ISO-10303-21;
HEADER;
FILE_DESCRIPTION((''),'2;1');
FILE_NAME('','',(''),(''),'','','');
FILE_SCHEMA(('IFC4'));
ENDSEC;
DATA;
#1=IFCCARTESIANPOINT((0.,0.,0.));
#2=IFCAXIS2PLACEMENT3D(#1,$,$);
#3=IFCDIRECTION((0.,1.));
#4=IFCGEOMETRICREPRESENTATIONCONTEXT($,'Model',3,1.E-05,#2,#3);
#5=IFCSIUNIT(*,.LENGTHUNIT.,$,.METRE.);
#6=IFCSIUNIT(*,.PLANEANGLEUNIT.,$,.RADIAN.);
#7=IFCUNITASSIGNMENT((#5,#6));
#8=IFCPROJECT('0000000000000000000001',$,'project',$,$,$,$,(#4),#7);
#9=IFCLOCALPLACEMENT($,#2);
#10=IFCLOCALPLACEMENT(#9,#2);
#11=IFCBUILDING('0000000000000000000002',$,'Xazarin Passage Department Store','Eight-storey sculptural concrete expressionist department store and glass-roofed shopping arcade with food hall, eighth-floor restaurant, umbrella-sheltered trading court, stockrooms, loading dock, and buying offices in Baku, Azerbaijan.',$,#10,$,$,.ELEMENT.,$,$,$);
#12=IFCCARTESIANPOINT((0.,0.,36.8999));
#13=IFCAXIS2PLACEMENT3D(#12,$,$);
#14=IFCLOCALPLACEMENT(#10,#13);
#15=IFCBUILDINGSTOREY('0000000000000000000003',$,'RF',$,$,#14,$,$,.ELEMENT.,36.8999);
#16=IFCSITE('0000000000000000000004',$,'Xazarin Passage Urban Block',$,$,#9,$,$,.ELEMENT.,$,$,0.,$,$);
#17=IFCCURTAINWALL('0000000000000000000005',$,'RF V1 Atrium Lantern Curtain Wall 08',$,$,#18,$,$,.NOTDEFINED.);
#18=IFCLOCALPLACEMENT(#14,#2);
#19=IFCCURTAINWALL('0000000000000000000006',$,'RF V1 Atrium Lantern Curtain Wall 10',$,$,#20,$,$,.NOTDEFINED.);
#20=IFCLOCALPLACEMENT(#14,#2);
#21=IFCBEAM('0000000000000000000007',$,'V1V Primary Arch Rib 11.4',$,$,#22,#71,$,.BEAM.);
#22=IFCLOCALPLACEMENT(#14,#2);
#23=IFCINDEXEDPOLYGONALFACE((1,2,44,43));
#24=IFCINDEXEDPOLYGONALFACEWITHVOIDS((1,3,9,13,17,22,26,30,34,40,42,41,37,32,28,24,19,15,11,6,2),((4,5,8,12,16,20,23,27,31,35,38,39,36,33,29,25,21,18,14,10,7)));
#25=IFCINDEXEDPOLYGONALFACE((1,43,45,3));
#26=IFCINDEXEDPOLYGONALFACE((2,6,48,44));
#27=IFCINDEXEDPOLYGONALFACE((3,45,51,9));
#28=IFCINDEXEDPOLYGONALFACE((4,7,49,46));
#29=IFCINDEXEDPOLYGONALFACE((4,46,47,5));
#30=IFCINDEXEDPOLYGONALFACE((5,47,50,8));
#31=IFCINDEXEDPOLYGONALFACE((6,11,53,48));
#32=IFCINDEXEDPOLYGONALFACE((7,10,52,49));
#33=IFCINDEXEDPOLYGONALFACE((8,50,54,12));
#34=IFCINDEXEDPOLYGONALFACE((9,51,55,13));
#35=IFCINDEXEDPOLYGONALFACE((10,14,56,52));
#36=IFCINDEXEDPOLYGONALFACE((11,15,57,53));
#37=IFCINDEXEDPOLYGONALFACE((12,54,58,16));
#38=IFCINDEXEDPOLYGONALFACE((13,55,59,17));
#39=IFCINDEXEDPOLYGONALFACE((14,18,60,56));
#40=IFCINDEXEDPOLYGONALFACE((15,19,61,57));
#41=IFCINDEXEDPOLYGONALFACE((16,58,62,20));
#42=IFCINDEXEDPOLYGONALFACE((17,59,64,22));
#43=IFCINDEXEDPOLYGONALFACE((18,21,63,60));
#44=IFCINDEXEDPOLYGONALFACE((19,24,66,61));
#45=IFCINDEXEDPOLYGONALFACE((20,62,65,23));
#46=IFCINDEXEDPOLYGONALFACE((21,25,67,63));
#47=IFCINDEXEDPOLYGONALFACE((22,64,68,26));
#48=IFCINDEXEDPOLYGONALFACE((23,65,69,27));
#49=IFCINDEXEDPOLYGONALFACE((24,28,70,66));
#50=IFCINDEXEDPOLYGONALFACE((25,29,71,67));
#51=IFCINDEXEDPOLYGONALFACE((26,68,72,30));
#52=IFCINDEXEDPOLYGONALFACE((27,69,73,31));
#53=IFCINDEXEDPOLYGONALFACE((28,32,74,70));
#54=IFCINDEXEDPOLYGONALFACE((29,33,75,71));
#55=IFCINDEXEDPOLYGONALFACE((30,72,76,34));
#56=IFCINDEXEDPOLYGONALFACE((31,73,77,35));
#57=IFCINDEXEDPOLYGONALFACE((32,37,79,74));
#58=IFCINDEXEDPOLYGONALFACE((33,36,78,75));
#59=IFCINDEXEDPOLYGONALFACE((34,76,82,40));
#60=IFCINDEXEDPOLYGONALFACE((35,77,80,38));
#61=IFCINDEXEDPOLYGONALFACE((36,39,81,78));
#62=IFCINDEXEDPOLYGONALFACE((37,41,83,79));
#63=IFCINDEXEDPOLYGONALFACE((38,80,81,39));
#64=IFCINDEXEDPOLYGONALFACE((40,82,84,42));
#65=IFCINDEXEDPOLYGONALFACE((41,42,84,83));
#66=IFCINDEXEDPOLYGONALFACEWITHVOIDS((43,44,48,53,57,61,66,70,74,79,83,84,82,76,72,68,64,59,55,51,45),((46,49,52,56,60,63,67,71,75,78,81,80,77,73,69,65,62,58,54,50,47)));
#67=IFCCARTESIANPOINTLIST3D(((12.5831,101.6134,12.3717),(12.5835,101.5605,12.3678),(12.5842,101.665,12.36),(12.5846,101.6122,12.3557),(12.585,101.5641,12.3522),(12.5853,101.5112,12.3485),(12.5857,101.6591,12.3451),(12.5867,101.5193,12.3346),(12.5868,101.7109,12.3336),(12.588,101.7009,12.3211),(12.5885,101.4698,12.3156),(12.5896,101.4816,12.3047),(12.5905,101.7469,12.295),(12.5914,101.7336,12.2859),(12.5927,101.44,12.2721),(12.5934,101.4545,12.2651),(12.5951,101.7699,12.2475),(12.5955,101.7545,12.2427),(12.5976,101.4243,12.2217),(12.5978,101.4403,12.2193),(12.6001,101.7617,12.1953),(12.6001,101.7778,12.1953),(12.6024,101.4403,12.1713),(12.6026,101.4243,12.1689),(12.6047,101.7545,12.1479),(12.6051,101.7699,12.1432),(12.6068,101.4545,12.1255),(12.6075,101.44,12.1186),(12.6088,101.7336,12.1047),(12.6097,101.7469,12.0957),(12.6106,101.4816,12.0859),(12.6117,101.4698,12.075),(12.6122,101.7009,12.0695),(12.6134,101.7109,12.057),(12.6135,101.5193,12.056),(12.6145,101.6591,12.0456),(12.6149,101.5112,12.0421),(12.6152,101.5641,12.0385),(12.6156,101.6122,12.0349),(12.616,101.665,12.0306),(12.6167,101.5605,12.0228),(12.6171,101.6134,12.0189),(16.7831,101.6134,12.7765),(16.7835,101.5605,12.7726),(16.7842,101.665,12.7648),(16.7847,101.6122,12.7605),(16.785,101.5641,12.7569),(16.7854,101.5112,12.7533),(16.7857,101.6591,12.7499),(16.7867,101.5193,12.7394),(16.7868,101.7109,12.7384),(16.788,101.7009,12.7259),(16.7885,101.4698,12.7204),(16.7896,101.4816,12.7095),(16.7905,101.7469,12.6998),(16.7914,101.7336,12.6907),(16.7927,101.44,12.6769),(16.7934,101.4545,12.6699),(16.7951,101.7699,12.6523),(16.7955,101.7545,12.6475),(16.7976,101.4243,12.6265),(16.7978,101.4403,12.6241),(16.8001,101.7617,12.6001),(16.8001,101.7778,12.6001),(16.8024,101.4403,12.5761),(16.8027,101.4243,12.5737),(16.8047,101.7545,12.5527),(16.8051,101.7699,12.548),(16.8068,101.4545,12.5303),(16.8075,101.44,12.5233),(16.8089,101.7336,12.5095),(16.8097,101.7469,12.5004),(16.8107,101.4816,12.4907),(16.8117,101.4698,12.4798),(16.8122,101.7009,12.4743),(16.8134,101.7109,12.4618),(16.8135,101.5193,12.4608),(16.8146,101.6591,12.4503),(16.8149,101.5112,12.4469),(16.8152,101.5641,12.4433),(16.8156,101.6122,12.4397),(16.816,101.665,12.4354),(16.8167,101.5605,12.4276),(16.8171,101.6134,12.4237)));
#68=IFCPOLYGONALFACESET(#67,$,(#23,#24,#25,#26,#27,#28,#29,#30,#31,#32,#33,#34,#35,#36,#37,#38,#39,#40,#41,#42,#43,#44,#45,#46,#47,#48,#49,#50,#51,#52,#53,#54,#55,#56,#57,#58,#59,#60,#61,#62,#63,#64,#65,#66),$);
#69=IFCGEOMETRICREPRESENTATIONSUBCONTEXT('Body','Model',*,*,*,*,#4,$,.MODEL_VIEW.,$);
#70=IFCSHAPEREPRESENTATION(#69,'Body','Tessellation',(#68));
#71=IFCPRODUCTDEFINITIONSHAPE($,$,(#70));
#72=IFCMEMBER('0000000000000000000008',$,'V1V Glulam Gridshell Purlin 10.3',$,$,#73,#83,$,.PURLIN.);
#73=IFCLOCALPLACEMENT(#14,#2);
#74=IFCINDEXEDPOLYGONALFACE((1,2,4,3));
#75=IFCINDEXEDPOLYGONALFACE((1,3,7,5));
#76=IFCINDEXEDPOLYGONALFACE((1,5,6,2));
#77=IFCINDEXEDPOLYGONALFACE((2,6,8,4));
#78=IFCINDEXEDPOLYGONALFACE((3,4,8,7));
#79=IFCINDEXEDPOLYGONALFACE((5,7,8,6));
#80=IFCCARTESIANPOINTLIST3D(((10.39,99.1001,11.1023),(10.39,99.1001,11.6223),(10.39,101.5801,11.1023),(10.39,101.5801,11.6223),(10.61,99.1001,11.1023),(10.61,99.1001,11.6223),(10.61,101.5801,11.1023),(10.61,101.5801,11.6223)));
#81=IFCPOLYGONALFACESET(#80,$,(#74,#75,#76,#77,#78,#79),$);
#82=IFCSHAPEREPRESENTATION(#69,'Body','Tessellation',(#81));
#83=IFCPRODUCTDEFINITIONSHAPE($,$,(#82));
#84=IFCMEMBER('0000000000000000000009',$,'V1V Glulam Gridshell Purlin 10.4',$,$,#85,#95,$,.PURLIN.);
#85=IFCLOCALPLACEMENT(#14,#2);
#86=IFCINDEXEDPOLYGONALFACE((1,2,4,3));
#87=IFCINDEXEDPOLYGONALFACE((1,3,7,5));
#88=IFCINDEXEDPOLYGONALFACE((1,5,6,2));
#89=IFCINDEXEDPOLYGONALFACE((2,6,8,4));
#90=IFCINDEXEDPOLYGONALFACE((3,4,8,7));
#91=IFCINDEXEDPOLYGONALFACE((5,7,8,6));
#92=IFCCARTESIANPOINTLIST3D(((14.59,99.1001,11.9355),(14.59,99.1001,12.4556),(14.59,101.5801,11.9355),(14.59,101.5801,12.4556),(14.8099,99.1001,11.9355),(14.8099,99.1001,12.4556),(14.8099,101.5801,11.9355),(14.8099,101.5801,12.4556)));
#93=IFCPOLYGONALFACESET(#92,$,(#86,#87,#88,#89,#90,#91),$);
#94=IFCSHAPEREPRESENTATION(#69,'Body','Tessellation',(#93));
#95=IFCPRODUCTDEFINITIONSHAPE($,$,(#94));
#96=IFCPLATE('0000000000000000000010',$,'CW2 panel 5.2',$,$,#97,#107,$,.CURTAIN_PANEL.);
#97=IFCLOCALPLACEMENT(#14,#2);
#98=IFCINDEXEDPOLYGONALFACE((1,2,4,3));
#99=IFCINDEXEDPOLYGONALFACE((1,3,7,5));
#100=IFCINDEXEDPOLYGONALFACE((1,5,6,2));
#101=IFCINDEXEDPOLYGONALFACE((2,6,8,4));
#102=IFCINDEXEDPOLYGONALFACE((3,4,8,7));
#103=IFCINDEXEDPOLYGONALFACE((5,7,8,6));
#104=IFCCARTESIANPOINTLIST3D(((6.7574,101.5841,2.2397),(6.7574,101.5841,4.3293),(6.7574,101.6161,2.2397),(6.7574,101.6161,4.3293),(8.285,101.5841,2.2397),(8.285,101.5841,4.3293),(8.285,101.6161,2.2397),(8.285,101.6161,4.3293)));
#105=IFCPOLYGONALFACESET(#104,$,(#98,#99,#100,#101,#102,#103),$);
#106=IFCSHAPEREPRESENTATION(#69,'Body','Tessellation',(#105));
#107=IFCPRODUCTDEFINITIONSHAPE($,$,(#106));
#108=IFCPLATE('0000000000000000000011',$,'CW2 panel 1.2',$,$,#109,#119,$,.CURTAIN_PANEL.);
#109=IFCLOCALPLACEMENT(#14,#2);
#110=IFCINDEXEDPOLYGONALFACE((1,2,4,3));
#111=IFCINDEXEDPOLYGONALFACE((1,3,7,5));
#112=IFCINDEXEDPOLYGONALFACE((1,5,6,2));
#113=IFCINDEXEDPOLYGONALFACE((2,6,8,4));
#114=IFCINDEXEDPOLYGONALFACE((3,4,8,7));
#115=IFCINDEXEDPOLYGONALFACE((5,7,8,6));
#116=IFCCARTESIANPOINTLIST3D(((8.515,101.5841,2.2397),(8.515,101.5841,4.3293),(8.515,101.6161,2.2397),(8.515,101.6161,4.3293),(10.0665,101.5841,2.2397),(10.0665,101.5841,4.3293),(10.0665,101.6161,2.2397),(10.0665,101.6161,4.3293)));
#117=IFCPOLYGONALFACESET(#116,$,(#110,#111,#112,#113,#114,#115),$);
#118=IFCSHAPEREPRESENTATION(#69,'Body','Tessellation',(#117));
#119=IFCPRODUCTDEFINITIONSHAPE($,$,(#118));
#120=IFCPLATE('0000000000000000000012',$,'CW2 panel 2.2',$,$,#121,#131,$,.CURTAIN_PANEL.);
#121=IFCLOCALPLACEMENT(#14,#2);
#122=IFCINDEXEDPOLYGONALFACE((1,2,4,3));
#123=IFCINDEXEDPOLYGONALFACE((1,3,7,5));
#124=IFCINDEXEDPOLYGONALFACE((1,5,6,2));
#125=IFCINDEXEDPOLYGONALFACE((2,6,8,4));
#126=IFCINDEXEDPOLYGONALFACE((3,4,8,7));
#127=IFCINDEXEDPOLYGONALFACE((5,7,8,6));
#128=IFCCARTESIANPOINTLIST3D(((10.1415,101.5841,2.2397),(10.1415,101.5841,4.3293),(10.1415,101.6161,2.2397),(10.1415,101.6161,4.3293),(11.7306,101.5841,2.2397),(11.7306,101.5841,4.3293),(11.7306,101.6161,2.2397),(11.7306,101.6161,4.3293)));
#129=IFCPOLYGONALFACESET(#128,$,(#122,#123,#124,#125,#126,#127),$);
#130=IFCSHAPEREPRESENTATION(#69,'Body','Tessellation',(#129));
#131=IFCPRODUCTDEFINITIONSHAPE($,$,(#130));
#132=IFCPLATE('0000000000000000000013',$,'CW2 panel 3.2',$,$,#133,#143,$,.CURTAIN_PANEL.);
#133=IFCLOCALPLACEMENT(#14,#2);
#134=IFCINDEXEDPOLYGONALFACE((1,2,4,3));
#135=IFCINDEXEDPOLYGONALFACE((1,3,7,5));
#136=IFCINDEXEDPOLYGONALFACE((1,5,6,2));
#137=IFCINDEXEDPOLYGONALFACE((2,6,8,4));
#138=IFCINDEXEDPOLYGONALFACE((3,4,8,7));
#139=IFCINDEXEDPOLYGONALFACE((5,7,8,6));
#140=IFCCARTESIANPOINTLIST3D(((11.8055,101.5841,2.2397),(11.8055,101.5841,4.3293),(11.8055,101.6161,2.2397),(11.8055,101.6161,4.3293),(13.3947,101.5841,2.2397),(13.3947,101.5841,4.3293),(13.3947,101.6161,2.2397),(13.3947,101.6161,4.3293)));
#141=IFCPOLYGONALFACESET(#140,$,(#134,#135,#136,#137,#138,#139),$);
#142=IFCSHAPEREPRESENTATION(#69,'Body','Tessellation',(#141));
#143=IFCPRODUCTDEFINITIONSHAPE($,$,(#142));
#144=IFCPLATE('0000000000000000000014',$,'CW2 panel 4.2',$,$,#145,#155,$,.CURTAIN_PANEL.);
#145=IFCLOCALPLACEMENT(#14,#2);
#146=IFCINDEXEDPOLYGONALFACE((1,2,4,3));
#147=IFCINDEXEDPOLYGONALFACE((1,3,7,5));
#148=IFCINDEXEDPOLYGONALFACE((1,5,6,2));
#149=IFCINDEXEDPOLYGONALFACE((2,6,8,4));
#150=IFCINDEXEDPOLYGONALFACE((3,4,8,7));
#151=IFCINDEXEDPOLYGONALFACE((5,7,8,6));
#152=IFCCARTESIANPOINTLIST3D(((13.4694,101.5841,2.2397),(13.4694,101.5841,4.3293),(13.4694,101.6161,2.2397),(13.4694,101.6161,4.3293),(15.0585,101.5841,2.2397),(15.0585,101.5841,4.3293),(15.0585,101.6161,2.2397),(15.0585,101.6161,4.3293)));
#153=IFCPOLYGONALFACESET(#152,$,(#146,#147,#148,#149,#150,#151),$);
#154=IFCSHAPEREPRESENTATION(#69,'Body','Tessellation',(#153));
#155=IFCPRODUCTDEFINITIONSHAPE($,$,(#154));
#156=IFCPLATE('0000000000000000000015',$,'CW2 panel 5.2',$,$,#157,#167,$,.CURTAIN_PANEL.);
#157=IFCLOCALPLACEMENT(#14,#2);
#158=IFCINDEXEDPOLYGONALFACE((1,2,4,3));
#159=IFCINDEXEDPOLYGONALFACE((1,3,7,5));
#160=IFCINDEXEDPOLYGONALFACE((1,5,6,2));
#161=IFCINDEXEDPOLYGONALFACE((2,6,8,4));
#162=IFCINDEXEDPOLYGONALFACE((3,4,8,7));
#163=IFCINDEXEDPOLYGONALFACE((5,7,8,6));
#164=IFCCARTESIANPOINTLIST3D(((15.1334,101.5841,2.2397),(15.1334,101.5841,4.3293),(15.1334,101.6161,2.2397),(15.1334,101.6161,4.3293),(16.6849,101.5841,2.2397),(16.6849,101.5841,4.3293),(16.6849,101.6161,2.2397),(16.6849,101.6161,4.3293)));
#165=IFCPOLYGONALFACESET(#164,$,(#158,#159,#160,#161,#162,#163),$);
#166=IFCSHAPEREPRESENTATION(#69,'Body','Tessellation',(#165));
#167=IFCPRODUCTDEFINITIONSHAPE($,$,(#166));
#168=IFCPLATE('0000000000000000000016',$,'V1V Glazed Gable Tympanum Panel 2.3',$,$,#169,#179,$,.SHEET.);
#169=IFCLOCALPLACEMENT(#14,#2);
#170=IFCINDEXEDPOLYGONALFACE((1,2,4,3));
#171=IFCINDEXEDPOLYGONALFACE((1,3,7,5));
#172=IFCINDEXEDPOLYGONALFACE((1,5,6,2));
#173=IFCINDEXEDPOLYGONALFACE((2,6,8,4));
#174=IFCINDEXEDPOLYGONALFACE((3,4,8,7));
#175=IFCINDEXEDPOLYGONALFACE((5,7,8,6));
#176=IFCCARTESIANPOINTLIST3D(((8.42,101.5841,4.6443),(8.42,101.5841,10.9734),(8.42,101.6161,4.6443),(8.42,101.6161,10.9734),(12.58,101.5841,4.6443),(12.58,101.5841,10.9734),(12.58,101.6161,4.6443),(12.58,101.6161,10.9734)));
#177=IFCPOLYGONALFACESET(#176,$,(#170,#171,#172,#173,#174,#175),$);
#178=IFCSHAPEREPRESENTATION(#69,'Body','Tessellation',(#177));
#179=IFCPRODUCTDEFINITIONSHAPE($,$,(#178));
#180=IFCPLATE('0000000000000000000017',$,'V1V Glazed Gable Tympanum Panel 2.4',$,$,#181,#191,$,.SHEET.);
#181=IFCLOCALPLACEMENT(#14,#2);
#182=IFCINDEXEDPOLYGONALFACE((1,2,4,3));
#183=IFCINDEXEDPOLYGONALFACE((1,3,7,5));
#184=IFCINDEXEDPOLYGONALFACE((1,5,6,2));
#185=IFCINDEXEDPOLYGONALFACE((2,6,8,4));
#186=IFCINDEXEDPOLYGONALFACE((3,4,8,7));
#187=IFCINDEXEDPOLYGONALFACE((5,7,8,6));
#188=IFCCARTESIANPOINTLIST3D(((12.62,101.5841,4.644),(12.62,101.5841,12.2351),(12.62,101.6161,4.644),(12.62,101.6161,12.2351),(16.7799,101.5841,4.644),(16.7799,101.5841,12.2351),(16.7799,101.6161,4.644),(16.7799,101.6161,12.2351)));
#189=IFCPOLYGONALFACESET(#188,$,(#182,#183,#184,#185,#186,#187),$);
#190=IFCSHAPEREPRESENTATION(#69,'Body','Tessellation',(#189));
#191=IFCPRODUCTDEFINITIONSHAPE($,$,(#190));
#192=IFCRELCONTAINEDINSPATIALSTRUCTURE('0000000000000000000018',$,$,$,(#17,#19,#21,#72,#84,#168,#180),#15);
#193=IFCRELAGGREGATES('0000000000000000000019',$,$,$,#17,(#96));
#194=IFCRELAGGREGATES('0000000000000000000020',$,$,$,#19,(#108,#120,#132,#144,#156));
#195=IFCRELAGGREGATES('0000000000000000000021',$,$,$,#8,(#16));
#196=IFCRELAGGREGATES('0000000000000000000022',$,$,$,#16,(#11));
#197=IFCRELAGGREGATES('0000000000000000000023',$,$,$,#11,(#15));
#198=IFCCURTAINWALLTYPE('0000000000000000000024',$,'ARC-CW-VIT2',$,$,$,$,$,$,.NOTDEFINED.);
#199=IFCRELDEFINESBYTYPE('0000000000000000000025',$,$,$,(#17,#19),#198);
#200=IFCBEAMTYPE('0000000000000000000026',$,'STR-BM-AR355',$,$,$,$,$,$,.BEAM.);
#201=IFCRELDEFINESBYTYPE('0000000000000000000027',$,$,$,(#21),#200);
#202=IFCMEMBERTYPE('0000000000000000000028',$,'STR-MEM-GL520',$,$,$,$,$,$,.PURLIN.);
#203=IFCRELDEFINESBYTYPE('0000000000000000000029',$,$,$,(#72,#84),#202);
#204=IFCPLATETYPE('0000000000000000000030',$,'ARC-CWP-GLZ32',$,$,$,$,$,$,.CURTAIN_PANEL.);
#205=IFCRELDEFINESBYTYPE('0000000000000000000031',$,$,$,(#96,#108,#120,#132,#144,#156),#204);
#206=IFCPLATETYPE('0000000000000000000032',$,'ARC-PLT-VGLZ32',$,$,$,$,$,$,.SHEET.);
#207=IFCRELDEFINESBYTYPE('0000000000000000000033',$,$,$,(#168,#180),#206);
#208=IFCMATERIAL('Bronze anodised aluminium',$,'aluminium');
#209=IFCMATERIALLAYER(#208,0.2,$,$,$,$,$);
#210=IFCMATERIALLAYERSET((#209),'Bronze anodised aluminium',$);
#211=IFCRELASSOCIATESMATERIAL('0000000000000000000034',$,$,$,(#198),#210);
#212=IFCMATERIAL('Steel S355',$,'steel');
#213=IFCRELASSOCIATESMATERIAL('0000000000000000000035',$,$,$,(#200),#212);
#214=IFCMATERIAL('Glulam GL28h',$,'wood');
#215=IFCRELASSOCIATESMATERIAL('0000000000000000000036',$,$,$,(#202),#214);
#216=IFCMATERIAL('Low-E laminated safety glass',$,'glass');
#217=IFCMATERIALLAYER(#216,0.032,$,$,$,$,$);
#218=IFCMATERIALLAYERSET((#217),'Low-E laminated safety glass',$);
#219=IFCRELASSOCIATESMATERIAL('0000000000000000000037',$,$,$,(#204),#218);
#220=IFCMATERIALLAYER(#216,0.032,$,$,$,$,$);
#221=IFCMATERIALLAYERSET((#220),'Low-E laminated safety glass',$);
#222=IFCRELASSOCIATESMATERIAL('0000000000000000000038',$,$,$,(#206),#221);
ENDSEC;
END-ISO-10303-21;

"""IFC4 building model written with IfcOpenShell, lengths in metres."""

from ifc_helpers import new_model, si_unit, direction, frame, origin, origin_2d, place, context, subcontext, project, spatial, rectangle, hollow_circle, extrude, material, layer, layer_set, material_profile, profile_set, type_object, element, aggregate, save


model = new_model("IFC4")

# Units and contexts
model_context = context("Model", 3, precision=1e-05, world=origin(), true_north=direction((0.0, 1.0)))
body_context = subcontext(model_context, "Body", "Model", "MODEL_VIEW")
ifc_project = project(units=[si_unit("LENGTHUNIT", "METRE"), si_unit("PLANEANGLEUNIT", "RADIAN")], contexts=[model_context])

# Site, building, storey
site_placement = place(None, origin())
site = spatial("IfcSite", under=ifc_project, at=site_placement, Name="Xazarin Passage Urban Block", CompositionType="ELEMENT", RefElevation=0.0)
building_placement = place(site_placement, origin())
building = spatial("IfcBuilding", under=site, at=building_placement, Name="Xazarin Passage Department Store", Description="Eight-storey sculptural concrete expressionist department store and glass-roofed shopping arcade with food hall, eighth-floor restaurant, umbrella-sheltered trading court, stockrooms, loading dock, and buying offices in Baku, Azerbaijan.", CompositionType="ELEMENT")
storey_placement = place(building_placement, frame((0.0, 0.0, 36.8999)))
storey = spatial("IfcBuildingStorey", under=building, at=storey_placement, Name="RF", CompositionType="ELEMENT", Elevation=36.8999)

# Curtain wall
ifc_material_1 = material(Name="Bronze anodised aluminium", Category="aluminium")
ifc_layer_1 = layer(ifc_material_1, 0.2)
ifc_layer_set_1 = layer_set([ifc_layer_1], Name="Bronze anodised aluminium")
curtain_wall_type = type_object("IfcCurtainWallType", Name="ARC-CW-VIT2", PredefinedType="NOTDEFINED", material=ifc_layer_set_1)
curtain_wall_1_placement = place(storey_placement, origin())
curtain_wall_1 = element("IfcCurtainWall", 1, at=curtain_wall_1_placement, inside=storey, type_object=curtain_wall_type, Name="RF V1 Atrium Lantern Curtain Wall 08", PredefinedType="NOTDEFINED")

# Curtain wall
curtain_wall_2_placement = place(storey_placement, origin())
curtain_wall_2 = element("IfcCurtainWall", 2, at=curtain_wall_2_placement, inside=storey, type_object=curtain_wall_type, Name="RF V1 Atrium Lantern Curtain Wall 10", PredefinedType="NOTDEFINED")

# Beam
ifc_material_2 = material(Name="Steel S355", Category="steel")
ifc_material_profile_1 = material_profile(ifc_material_2, hollow_circle(Radius=0.1777, WallThickness=0.0161, at=origin_2d()), Name="CHS 355.6x16")
ifc_profile_set_1 = profile_set([ifc_material_profile_1], Name="Steel S355")
beam_type = type_object("IfcBeamType", Name="STR-BM-AR355", PredefinedType="BEAM", material=ifc_profile_set_1)
beam_1_placement = place(storey_placement, frame((12.6001, 101.6001, 12.1953), z_axis=(0.995388, 0.0, 0.095934), x_axis=(0.0, 1.0, 0.0)))
element("IfcBeam", 3, at=beam_1_placement, inside=storey, type_object=beam_type, Name="V1V Primary Arch Rib 11.4", PredefinedType="BEAM", context=body_context, shape_type="SweptSolid", body=[
    extrude(hollow_circle(Radius=0.1777, WallThickness=0.0161, at=origin_2d()), origin(), (0.0, 0.0, 1.0), 4.2195),
])

# Members
ifc_material_3 = material(Name="Glulam GL28h", Category="wood")
ifc_material_profile_2 = material_profile(ifc_material_3, rectangle(XDim=0.22, YDim=0.52, at=origin_2d()), Name="GL28h 220x520")
ifc_profile_set_2 = profile_set([ifc_material_profile_2], Name="Glulam GL28h")
member_type_1 = type_object("IfcMemberType", Name="STR-MEM-GL520", PredefinedType="PURLIN", material=ifc_profile_set_2)
for number, where, z_axis, x_axis, name in (
    (4, (10.5, 99.1001, 11.3623), (0.0, 1.0, 0.0), (-1.0, 0.0, 0.0), "V1V Glulam Gridshell Purlin 10.3"),
    (5, (14.7, 99.1001, 12.1956), (0.0, 1.0, 0.0), (-1.0, 0.0, 0.0), "V1V Glulam Gridshell Purlin 10.4"),
):
    element("IfcMember", number, at=place(storey_placement, frame(where, z_axis=z_axis, x_axis=x_axis)), inside=storey, type_object=member_type_1, Name=name, PredefinedType="PURLIN", context=body_context, shape_type="SweptSolid", body=[
        extrude(rectangle(XDim=0.22, YDim=0.52, at=origin_2d()), origin(), (0.0, 0.0, 1.0), 2.48),
    ])

# Plates
ifc_material_4 = material(Name="Low-E laminated safety glass", Category="glass")
ifc_layer_2 = layer(ifc_material_4, 0.032)
ifc_layer_set_2 = layer_set([ifc_layer_2], Name="Low-E laminated safety glass")
plate_type_1 = type_object("IfcPlateType", Name="ARC-CWP-GLZ32", PredefinedType="CURTAIN_PANEL", material=ifc_layer_set_2)
plate_1_placement = place(storey_placement, frame((7.5212, 101.6001, 2.2397), z_axis=(0.0, 0.0, 1.0), x_axis=(1.0, 0.0, 0.0)))
plate_1 = element("IfcPlate", 6, at=plate_1_placement, type_object=plate_type_1, Name="CW2 panel 5.2", PredefinedType="CURTAIN_PANEL", context=body_context, shape_type="SweptSolid", body=[
    extrude(rectangle(XDim=1.5276, YDim=0.032, at=origin_2d()), origin(), (0.0, 0.0, 1.0), 2.0896),
])
aggregate(curtain_wall_1, [plate_1])
plate_2_placement = place(storey_placement, frame((9.2908, 101.6001, 2.2397), z_axis=(0.0, 0.0, 1.0), x_axis=(1.0, 0.0, 0.0)))
plate_2 = element("IfcPlate", 7, at=plate_2_placement, type_object=plate_type_1, Name="CW2 panel 1.2", PredefinedType="CURTAIN_PANEL", context=body_context, shape_type="SweptSolid", body=[
    extrude(rectangle(XDim=1.5515, YDim=0.032, at=origin_2d()), origin(), (0.0, 0.0, 1.0), 2.0896),
])
plate_3_placement = place(storey_placement, frame((10.936, 101.6001, 2.2397), z_axis=(0.0, 0.0, 1.0), x_axis=(1.0, 0.0, 0.0)))
plate_3 = element("IfcPlate", 8, at=plate_3_placement, type_object=plate_type_1, Name="CW2 panel 2.2", PredefinedType="CURTAIN_PANEL", context=body_context, shape_type="SweptSolid", body=[
    extrude(rectangle(XDim=1.5891, YDim=0.032, at=origin_2d()), origin(), (0.0, 0.0, 1.0), 2.0896),
])
plate_4_placement = place(storey_placement, frame((12.6001, 101.6001, 2.2397), z_axis=(0.0, 0.0, 1.0), x_axis=(1.0, 0.0, 0.0)))
plate_4 = element("IfcPlate", 9, at=plate_4_placement, type_object=plate_type_1, Name="CW2 panel 3.2", PredefinedType="CURTAIN_PANEL", context=body_context, shape_type="SweptSolid", body=[
    extrude(rectangle(XDim=1.5891, YDim=0.032, at=origin_2d()), origin(), (0.0, 0.0, 1.0), 2.0896),
])
plate_5_placement = place(storey_placement, frame((14.2639, 101.6001, 2.2397), z_axis=(0.0, 0.0, 1.0), x_axis=(1.0, 0.0, 0.0)))
plate_5 = element("IfcPlate", 10, at=plate_5_placement, type_object=plate_type_1, Name="CW2 panel 4.2", PredefinedType="CURTAIN_PANEL", context=body_context, shape_type="SweptSolid", body=[
    extrude(rectangle(XDim=1.5891, YDim=0.032, at=origin_2d()), origin(), (0.0, 0.0, 1.0), 2.0896),
])
plate_6_placement = place(storey_placement, frame((15.9092, 101.6001, 2.2397), z_axis=(0.0, 0.0, 1.0), x_axis=(1.0, 0.0, 0.0)))
plate_6 = element("IfcPlate", 11, at=plate_6_placement, type_object=plate_type_1, Name="CW2 panel 5.2", PredefinedType="CURTAIN_PANEL", context=body_context, shape_type="SweptSolid", body=[
    extrude(rectangle(XDim=1.5515, YDim=0.032, at=origin_2d()), origin(), (0.0, 0.0, 1.0), 2.0896),
])
aggregate(curtain_wall_2, [plate_2, plate_3, plate_4, plate_5, plate_6])

# Plates
ifc_layer_3 = layer(ifc_material_4, 0.032)
ifc_layer_set_3 = layer_set([ifc_layer_3], Name="Low-E laminated safety glass")
plate_type_2 = type_object("IfcPlateType", Name="ARC-PLT-VGLZ32", PredefinedType="SHEET", material=ifc_layer_set_3)
plate_7_placement = place(storey_placement, frame((10.5, 101.6001, 4.6443), z_axis=(0.0, 0.0, 1.0), x_axis=(1.0, 0.0, 0.0)))
element("IfcPlate", 12, at=plate_7_placement, inside=storey, type_object=plate_type_2, Name="V1V Glazed Gable Tympanum Panel 2.3", PredefinedType="SHEET", context=body_context, shape_type="SweptSolid", body=[
    extrude(rectangle(XDim=4.1599, YDim=0.032, at=origin_2d()), origin(), (0.0, 0.0, 1.0), 6.3291),
])
plate_8_placement = place(storey_placement, frame((14.7, 101.6001, 4.644), z_axis=(0.0, 0.0, 1.0), x_axis=(1.0, 0.0, 0.0)))
element("IfcPlate", 13, at=plate_8_placement, inside=storey, type_object=plate_type_2, Name="V1V Glazed Gable Tympanum Panel 2.4", PredefinedType="SHEET", context=body_context, shape_type="SweptSolid", body=[
    extrude(rectangle(XDim=4.1599, YDim=0.032, at=origin_2d()), origin(), (0.0, 0.0, 1.0), 7.5911),
])

save(model, "model.ifc")
